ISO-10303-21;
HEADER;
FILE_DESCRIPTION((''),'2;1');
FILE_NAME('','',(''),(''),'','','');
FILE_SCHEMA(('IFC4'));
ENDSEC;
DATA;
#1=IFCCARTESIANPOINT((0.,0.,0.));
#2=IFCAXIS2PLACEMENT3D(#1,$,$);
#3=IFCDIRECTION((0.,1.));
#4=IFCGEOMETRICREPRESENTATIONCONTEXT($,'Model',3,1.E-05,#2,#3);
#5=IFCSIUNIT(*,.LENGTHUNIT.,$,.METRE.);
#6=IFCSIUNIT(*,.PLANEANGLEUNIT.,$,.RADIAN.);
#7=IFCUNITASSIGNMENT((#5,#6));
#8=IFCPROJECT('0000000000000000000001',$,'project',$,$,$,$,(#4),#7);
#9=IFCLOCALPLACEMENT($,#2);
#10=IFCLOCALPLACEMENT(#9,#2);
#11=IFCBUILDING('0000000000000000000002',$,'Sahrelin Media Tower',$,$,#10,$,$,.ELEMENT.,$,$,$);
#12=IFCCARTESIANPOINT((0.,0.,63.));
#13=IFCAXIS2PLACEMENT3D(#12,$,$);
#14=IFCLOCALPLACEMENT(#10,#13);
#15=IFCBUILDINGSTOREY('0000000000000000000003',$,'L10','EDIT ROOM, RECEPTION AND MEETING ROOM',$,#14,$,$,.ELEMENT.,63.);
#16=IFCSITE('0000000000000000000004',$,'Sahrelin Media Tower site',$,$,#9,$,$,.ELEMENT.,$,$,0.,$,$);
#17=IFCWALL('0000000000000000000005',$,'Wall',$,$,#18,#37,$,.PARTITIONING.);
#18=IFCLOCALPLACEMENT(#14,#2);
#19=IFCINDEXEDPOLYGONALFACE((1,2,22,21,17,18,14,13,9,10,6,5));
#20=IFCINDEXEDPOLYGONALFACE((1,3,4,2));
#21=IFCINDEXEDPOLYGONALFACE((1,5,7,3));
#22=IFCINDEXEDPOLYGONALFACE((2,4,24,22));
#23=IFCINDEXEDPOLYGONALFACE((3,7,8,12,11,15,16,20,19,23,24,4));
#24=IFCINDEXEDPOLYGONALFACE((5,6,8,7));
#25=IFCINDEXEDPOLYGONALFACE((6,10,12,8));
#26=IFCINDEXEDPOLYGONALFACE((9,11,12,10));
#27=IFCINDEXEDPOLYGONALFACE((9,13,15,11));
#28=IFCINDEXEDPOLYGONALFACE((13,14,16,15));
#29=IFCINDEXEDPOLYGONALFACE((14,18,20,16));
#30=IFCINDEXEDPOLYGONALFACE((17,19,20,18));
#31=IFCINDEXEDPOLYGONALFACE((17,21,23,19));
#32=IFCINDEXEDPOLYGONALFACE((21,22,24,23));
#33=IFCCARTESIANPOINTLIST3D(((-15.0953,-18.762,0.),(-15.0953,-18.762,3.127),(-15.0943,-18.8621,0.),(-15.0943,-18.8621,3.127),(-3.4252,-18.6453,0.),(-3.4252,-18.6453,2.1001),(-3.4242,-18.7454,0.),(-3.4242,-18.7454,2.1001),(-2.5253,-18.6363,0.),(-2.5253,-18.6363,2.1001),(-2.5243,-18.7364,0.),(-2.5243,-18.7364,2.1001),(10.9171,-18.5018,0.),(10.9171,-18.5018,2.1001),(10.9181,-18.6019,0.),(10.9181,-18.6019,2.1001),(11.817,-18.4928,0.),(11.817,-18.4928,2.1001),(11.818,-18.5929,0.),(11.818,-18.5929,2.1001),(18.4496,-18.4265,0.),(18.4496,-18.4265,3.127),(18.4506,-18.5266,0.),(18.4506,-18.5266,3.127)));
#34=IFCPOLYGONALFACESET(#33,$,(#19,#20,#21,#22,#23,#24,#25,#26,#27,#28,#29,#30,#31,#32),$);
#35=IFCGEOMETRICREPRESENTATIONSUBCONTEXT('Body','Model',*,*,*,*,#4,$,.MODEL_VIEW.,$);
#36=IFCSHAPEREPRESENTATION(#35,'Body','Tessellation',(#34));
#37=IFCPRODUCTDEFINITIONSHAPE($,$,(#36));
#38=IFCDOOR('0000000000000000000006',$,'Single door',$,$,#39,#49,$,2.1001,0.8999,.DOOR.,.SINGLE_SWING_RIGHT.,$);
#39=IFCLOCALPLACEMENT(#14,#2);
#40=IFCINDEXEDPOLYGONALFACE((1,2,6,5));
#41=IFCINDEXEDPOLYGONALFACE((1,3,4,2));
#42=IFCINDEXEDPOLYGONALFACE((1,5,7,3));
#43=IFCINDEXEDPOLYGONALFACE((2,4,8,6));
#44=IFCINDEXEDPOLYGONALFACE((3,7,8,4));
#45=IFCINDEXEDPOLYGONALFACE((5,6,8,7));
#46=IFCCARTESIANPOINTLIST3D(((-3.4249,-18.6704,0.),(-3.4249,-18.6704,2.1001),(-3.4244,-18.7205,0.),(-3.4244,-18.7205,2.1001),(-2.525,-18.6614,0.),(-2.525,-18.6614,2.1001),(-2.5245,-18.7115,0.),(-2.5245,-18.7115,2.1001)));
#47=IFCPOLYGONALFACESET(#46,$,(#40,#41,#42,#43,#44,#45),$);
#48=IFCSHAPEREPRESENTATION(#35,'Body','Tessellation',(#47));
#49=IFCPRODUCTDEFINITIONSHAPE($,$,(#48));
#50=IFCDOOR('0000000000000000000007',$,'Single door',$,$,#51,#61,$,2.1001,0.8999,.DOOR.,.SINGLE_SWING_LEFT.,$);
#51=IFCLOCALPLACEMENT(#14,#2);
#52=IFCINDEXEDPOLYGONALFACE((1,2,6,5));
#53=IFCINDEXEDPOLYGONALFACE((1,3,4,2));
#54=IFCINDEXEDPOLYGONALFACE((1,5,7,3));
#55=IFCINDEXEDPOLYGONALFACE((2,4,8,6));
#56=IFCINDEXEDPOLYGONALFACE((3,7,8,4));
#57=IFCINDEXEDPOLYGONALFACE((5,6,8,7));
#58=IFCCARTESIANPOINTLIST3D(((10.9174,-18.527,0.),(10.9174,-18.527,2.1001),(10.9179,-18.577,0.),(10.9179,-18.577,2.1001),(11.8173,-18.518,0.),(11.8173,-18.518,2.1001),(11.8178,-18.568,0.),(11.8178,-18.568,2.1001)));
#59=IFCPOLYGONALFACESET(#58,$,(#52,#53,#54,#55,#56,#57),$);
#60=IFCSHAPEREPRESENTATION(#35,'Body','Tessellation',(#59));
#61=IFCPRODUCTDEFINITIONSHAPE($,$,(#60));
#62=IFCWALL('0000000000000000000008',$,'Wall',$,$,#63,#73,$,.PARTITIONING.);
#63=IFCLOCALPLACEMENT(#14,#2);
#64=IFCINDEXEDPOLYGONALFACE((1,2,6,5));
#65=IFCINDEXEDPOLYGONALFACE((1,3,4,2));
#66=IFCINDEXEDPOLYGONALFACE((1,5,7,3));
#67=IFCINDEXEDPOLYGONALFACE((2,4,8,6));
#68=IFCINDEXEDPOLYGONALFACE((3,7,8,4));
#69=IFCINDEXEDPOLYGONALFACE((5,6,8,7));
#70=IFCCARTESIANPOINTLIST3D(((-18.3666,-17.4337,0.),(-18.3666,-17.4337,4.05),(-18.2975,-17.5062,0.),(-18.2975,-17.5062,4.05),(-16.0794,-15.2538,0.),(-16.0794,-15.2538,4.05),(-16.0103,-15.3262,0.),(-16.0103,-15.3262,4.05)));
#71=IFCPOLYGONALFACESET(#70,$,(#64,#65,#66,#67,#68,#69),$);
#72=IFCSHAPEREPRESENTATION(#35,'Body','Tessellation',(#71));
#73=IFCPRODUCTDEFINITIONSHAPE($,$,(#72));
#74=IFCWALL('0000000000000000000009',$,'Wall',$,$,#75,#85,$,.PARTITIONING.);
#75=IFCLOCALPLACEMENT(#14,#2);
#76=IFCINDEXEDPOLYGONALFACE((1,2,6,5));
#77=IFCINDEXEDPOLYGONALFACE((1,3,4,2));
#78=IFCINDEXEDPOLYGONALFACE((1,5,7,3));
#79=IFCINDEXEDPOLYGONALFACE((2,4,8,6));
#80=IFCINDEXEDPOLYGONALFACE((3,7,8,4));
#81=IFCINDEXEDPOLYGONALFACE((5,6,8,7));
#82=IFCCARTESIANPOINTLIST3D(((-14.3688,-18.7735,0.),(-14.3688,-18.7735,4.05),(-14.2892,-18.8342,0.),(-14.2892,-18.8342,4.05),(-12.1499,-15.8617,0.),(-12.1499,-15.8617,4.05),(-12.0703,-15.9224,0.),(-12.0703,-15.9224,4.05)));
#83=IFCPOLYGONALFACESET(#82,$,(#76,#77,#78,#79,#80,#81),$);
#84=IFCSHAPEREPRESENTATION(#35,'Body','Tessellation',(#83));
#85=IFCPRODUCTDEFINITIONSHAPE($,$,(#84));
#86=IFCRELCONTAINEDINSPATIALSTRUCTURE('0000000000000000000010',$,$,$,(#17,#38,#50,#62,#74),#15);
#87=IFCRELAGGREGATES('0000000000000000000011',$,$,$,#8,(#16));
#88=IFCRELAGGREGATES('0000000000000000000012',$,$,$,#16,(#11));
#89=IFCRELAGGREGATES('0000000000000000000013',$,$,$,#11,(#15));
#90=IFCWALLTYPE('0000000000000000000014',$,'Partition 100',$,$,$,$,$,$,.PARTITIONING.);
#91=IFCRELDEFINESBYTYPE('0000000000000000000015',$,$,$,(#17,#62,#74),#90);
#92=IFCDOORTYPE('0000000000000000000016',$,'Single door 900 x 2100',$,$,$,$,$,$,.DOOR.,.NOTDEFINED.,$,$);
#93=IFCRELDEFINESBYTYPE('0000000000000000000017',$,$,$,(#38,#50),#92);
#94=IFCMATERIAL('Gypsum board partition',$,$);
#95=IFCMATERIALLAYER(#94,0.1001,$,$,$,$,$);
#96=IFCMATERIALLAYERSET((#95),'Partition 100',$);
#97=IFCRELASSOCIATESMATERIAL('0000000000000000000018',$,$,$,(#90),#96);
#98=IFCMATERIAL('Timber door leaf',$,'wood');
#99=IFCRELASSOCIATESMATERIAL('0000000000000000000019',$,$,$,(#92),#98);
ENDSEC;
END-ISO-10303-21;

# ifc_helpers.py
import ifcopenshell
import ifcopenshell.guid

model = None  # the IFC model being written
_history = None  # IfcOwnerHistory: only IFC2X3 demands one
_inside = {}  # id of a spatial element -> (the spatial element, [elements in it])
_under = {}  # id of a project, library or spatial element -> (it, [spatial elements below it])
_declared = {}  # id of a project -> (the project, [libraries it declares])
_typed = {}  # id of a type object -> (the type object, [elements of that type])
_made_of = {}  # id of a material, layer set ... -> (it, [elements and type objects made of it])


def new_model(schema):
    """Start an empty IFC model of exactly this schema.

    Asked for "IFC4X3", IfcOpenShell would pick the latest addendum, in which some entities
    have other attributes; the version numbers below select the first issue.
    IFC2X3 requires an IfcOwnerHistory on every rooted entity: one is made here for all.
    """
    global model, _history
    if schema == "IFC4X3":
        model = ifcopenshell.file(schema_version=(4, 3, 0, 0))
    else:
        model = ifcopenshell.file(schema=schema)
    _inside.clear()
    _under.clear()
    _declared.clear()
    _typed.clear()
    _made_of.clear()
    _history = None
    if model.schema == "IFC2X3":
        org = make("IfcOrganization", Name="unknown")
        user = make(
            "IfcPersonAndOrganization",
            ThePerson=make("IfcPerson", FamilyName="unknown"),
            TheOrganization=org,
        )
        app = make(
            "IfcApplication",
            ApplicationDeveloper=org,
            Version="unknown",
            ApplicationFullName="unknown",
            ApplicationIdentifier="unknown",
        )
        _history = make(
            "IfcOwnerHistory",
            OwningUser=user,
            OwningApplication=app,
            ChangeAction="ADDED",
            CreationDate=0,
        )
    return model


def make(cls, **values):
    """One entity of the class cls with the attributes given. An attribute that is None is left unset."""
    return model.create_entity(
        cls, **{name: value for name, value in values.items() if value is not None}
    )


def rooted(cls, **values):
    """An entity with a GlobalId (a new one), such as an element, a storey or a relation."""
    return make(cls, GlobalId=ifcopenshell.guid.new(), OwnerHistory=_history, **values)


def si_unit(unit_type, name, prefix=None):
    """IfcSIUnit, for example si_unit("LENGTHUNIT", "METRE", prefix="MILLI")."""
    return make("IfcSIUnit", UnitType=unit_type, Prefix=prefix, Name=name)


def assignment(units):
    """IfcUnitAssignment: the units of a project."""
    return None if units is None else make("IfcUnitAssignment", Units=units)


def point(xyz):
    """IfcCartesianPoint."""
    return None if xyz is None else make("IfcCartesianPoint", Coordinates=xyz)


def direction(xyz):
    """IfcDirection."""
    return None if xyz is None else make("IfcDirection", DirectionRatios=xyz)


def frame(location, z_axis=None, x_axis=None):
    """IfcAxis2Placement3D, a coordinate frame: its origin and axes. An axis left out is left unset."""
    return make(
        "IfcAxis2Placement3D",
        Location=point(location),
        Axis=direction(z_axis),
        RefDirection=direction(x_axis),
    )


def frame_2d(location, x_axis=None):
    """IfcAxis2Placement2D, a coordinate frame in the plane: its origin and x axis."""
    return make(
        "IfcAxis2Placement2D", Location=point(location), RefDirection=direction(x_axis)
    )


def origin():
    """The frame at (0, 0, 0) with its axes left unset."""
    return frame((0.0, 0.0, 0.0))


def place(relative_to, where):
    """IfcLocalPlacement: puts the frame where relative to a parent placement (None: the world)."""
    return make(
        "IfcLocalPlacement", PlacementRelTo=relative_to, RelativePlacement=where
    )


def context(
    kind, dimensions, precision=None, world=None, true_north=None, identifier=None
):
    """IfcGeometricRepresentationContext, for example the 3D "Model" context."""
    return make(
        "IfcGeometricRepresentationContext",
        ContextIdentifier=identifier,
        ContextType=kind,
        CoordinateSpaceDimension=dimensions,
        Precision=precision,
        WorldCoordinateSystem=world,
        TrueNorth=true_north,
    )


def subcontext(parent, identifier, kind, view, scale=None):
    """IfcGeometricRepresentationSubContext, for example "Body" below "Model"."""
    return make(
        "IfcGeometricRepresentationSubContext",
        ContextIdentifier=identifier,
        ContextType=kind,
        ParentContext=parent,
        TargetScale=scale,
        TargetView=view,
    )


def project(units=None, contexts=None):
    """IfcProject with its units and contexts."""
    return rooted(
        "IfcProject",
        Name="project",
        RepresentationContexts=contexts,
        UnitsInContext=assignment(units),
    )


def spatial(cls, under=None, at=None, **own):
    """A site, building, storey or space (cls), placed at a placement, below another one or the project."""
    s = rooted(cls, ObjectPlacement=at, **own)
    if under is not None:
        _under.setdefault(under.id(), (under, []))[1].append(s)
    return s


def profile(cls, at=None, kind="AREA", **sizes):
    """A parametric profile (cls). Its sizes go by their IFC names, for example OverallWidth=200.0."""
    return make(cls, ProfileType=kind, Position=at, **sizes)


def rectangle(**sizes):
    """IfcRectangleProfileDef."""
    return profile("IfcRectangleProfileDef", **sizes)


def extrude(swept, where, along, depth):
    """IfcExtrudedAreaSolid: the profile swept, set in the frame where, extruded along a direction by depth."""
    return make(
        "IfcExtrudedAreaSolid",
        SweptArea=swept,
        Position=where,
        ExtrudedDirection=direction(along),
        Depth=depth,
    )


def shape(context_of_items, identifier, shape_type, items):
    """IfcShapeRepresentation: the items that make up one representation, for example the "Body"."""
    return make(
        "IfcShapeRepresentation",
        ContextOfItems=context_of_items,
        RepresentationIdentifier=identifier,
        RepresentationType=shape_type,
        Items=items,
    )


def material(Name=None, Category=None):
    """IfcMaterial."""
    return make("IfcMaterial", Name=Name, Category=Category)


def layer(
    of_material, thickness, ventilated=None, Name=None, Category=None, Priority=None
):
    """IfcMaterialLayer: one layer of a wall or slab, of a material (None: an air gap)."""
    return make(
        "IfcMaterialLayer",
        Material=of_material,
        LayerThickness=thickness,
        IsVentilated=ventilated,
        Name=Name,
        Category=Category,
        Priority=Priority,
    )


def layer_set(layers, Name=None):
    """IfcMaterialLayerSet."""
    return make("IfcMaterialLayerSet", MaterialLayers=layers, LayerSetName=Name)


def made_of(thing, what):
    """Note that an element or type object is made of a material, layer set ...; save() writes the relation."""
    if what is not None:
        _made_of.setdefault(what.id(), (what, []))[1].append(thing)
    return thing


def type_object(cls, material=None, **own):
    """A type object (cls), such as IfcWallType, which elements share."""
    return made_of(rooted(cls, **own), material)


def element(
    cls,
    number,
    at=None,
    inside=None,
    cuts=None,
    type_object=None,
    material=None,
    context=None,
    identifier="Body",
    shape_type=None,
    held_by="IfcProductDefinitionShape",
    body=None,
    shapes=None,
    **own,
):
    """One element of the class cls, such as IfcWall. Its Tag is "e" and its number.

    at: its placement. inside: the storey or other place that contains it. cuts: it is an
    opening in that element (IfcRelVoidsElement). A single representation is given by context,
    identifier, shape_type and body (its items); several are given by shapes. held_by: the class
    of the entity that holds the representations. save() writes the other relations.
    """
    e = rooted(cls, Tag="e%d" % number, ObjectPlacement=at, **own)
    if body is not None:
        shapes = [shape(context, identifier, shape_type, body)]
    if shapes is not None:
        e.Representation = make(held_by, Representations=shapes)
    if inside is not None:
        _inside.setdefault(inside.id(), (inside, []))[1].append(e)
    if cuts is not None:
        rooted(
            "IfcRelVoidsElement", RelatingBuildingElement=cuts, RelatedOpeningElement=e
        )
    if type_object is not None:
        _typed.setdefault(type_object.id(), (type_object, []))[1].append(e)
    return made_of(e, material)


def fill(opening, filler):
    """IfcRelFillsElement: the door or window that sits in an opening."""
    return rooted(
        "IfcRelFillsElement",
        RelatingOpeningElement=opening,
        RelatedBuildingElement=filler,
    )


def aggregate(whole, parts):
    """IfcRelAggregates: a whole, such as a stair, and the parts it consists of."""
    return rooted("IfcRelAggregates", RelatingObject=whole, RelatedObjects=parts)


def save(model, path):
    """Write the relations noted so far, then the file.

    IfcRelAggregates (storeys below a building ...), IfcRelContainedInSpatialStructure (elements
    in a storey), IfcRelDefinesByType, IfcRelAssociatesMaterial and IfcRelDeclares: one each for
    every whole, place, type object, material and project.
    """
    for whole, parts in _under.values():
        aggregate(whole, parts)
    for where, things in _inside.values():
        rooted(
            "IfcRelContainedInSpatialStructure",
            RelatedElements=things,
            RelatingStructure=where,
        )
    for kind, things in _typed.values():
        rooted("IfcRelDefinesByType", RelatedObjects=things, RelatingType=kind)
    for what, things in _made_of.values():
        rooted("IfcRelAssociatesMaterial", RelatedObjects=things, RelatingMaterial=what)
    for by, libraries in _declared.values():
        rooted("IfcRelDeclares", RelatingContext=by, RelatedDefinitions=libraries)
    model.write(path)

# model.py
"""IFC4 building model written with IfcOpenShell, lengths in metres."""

from ifc_helpers import new_model, si_unit, direction, frame, frame_2d, origin, place, context, subcontext, project, spatial, rectangle, extrude, material, layer, layer_set, type_object, element, fill, save


model = new_model("IFC4")

# Units and contexts
model_context = context("Model", 3, precision=1e-05, world=origin(), true_north=direction((0.0, 1.0)))
body_context = subcontext(model_context, "Body", "Model", "MODEL_VIEW")
ifc_project = project(units=[si_unit("LENGTHUNIT", "METRE"), si_unit("PLANEANGLEUNIT", "RADIAN")], contexts=[model_context])

# Site, building, storey
site_placement = place(None, origin())
site = spatial("IfcSite", under=ifc_project, at=site_placement, Name="Sahrelin Media Tower site", CompositionType="ELEMENT", RefElevation=0.0)
building_placement = place(site_placement, origin())
building = spatial("IfcBuilding", under=site, at=building_placement, Name="Sahrelin Media Tower", CompositionType="ELEMENT")
storey_placement = place(building_placement, frame((0.0, 0.0, 63.0)))
storey = spatial("IfcBuildingStorey", under=building, at=storey_placement, Name="L10", Description="EDIT ROOM, RECEPTION AND MEETING ROOM", CompositionType="ELEMENT", Elevation=63.0)

# Wall, openings, doors
ifc_material_1 = material(Name="Gypsum board partition")
ifc_layer_1 = layer(ifc_material_1, 0.1001)
ifc_layer_set_1 = layer_set([ifc_layer_1], Name="Partition 100")
wall_type_1 = type_object("IfcWallType", Name="Partition 100", PredefinedType="PARTITIONING", material=ifc_layer_set_1)
wall_1_placement = place(storey_placement, frame((-15.095, -18.812, 0.0), z_axis=(0.0, 0.0, 1.0), x_axis=(0.99995, 0.01, 0.0)))
wall_1 = element("IfcWall", 1, at=wall_1_placement, inside=storey, type_object=wall_type_1, Name="Wall", PredefinedType="PARTITIONING", context=body_context, shape_type="SweptSolid", body=[
    extrude(rectangle(XDim=33.5466, YDim=0.1001, at=frame_2d((16.7734, 0.0))), origin(), (0.0, 0.0, 1.0), 3.127),
])
opening_1_placement = place(wall_1_placement, frame((11.6709, 0.0, 0.0)))
opening_1 = element("IfcOpeningElement", 2, at=opening_1_placement, cuts=wall_1, PredefinedType="OPENING", context=body_context, shape_type="SweptSolid", body=[
    extrude(rectangle(XDim=0.8999, YDim=2.1001, at=frame_2d((0.45, 1.05))), frame((0.0, 0.05, 0.0), z_axis=(0.0, -1.0, 0.0), x_axis=(1.0, 0.0, 0.0)), (0.0, 0.0, 1.0), 0.1001),
])
opening_2_placement = place(wall_1_placement, frame((26.0139, 0.0, 0.0)))
opening_2 = element("IfcOpeningElement", 3, at=opening_2_placement, cuts=wall_1, PredefinedType="OPENING", context=body_context, shape_type="SweptSolid", body=[
    extrude(rectangle(XDim=0.8999, YDim=2.1001, at=frame_2d((0.45, 1.05))), frame((0.0, 0.05, 0.0), z_axis=(0.0, -1.0, 0.0), x_axis=(1.0, 0.0, 0.0)), (0.0, 0.0, 1.0), 0.1001),
])
ifc_material_2 = material(Name="Timber door leaf", Category="wood")
door_type_1 = type_object("IfcDoorType", Name="Single door 900 x 2100", OperationType="NOTDEFINED", PredefinedType="DOOR", material=ifc_material_2)
door_1_placement = place(opening_1_placement, origin())
door_1 = element("IfcDoor", 4, at=door_1_placement, inside=storey, type_object=door_type_1, Name="Single door", OperationType="SINGLE_SWING_RIGHT", OverallHeight=2.1001, OverallWidth=0.8999, PredefinedType="DOOR", context=body_context, shape_type="SweptSolid", body=[
    extrude(rectangle(XDim=0.8999, YDim=2.1001, at=frame_2d((0.45, 1.05))), frame((0.0, 0.0249, 0.0), z_axis=(0.0, -1.0, 0.0), x_axis=(1.0, 0.0, 0.0)), (0.0, 0.0, 1.0), 0.05),
])
fill(opening_1, door_1)
door_2_placement = place(opening_2_placement, origin())
door_2 = element("IfcDoor", 5, at=door_2_placement, inside=storey, type_object=door_type_1, Name="Single door", OperationType="SINGLE_SWING_LEFT", OverallHeight=2.1001, OverallWidth=0.8999, PredefinedType="DOOR", context=body_context, shape_type="SweptSolid", body=[
    extrude(rectangle(XDim=0.8999, YDim=2.1001, at=frame_2d((0.45, 1.05))), frame((0.0, 0.0249, 0.0), z_axis=(0.0, -1.0, 0.0), x_axis=(1.0, 0.0, 0.0)), (0.0, 0.0, 1.0), 0.05),
])
fill(opening_2, door_2)

# Walls
wall_2_placement = place(storey_placement, frame((-18.332, -17.47, 0.0), z_axis=(0.0, 0.0, 1.0), x_axis=(0.723864, 0.689943, 0.0)))
element("IfcWall", 6, at=wall_2_placement, inside=storey, type_object=wall_type_1, Name="Wall", PredefinedType="PARTITIONING", context=body_context, shape_type="SweptSolid", body=[
    extrude(rectangle(XDim=3.1597, YDim=0.1001, at=frame_2d((1.5798, 0.0))), origin(), (0.0, 0.0, 1.0), 4.05),
])
wall_3_placement = place(storey_placement, frame((-14.3291, -18.804, 0.0), z_axis=(0.0, 0.0, 1.0), x_axis=(0.606118, 0.795375, 0.0)))
element("IfcWall", 7, at=wall_3_placement, inside=storey, type_object=wall_type_1, Name="Wall", PredefinedType="PARTITIONING", context=body_context, shape_type="SweptSolid", body=[
    extrude(rectangle(XDim=3.6609, YDim=0.1001, at=frame_2d((1.8306, 0.0))), origin(), (0.0, 0.0, 1.0), 4.05),
])

save(model, "model.ifc")
